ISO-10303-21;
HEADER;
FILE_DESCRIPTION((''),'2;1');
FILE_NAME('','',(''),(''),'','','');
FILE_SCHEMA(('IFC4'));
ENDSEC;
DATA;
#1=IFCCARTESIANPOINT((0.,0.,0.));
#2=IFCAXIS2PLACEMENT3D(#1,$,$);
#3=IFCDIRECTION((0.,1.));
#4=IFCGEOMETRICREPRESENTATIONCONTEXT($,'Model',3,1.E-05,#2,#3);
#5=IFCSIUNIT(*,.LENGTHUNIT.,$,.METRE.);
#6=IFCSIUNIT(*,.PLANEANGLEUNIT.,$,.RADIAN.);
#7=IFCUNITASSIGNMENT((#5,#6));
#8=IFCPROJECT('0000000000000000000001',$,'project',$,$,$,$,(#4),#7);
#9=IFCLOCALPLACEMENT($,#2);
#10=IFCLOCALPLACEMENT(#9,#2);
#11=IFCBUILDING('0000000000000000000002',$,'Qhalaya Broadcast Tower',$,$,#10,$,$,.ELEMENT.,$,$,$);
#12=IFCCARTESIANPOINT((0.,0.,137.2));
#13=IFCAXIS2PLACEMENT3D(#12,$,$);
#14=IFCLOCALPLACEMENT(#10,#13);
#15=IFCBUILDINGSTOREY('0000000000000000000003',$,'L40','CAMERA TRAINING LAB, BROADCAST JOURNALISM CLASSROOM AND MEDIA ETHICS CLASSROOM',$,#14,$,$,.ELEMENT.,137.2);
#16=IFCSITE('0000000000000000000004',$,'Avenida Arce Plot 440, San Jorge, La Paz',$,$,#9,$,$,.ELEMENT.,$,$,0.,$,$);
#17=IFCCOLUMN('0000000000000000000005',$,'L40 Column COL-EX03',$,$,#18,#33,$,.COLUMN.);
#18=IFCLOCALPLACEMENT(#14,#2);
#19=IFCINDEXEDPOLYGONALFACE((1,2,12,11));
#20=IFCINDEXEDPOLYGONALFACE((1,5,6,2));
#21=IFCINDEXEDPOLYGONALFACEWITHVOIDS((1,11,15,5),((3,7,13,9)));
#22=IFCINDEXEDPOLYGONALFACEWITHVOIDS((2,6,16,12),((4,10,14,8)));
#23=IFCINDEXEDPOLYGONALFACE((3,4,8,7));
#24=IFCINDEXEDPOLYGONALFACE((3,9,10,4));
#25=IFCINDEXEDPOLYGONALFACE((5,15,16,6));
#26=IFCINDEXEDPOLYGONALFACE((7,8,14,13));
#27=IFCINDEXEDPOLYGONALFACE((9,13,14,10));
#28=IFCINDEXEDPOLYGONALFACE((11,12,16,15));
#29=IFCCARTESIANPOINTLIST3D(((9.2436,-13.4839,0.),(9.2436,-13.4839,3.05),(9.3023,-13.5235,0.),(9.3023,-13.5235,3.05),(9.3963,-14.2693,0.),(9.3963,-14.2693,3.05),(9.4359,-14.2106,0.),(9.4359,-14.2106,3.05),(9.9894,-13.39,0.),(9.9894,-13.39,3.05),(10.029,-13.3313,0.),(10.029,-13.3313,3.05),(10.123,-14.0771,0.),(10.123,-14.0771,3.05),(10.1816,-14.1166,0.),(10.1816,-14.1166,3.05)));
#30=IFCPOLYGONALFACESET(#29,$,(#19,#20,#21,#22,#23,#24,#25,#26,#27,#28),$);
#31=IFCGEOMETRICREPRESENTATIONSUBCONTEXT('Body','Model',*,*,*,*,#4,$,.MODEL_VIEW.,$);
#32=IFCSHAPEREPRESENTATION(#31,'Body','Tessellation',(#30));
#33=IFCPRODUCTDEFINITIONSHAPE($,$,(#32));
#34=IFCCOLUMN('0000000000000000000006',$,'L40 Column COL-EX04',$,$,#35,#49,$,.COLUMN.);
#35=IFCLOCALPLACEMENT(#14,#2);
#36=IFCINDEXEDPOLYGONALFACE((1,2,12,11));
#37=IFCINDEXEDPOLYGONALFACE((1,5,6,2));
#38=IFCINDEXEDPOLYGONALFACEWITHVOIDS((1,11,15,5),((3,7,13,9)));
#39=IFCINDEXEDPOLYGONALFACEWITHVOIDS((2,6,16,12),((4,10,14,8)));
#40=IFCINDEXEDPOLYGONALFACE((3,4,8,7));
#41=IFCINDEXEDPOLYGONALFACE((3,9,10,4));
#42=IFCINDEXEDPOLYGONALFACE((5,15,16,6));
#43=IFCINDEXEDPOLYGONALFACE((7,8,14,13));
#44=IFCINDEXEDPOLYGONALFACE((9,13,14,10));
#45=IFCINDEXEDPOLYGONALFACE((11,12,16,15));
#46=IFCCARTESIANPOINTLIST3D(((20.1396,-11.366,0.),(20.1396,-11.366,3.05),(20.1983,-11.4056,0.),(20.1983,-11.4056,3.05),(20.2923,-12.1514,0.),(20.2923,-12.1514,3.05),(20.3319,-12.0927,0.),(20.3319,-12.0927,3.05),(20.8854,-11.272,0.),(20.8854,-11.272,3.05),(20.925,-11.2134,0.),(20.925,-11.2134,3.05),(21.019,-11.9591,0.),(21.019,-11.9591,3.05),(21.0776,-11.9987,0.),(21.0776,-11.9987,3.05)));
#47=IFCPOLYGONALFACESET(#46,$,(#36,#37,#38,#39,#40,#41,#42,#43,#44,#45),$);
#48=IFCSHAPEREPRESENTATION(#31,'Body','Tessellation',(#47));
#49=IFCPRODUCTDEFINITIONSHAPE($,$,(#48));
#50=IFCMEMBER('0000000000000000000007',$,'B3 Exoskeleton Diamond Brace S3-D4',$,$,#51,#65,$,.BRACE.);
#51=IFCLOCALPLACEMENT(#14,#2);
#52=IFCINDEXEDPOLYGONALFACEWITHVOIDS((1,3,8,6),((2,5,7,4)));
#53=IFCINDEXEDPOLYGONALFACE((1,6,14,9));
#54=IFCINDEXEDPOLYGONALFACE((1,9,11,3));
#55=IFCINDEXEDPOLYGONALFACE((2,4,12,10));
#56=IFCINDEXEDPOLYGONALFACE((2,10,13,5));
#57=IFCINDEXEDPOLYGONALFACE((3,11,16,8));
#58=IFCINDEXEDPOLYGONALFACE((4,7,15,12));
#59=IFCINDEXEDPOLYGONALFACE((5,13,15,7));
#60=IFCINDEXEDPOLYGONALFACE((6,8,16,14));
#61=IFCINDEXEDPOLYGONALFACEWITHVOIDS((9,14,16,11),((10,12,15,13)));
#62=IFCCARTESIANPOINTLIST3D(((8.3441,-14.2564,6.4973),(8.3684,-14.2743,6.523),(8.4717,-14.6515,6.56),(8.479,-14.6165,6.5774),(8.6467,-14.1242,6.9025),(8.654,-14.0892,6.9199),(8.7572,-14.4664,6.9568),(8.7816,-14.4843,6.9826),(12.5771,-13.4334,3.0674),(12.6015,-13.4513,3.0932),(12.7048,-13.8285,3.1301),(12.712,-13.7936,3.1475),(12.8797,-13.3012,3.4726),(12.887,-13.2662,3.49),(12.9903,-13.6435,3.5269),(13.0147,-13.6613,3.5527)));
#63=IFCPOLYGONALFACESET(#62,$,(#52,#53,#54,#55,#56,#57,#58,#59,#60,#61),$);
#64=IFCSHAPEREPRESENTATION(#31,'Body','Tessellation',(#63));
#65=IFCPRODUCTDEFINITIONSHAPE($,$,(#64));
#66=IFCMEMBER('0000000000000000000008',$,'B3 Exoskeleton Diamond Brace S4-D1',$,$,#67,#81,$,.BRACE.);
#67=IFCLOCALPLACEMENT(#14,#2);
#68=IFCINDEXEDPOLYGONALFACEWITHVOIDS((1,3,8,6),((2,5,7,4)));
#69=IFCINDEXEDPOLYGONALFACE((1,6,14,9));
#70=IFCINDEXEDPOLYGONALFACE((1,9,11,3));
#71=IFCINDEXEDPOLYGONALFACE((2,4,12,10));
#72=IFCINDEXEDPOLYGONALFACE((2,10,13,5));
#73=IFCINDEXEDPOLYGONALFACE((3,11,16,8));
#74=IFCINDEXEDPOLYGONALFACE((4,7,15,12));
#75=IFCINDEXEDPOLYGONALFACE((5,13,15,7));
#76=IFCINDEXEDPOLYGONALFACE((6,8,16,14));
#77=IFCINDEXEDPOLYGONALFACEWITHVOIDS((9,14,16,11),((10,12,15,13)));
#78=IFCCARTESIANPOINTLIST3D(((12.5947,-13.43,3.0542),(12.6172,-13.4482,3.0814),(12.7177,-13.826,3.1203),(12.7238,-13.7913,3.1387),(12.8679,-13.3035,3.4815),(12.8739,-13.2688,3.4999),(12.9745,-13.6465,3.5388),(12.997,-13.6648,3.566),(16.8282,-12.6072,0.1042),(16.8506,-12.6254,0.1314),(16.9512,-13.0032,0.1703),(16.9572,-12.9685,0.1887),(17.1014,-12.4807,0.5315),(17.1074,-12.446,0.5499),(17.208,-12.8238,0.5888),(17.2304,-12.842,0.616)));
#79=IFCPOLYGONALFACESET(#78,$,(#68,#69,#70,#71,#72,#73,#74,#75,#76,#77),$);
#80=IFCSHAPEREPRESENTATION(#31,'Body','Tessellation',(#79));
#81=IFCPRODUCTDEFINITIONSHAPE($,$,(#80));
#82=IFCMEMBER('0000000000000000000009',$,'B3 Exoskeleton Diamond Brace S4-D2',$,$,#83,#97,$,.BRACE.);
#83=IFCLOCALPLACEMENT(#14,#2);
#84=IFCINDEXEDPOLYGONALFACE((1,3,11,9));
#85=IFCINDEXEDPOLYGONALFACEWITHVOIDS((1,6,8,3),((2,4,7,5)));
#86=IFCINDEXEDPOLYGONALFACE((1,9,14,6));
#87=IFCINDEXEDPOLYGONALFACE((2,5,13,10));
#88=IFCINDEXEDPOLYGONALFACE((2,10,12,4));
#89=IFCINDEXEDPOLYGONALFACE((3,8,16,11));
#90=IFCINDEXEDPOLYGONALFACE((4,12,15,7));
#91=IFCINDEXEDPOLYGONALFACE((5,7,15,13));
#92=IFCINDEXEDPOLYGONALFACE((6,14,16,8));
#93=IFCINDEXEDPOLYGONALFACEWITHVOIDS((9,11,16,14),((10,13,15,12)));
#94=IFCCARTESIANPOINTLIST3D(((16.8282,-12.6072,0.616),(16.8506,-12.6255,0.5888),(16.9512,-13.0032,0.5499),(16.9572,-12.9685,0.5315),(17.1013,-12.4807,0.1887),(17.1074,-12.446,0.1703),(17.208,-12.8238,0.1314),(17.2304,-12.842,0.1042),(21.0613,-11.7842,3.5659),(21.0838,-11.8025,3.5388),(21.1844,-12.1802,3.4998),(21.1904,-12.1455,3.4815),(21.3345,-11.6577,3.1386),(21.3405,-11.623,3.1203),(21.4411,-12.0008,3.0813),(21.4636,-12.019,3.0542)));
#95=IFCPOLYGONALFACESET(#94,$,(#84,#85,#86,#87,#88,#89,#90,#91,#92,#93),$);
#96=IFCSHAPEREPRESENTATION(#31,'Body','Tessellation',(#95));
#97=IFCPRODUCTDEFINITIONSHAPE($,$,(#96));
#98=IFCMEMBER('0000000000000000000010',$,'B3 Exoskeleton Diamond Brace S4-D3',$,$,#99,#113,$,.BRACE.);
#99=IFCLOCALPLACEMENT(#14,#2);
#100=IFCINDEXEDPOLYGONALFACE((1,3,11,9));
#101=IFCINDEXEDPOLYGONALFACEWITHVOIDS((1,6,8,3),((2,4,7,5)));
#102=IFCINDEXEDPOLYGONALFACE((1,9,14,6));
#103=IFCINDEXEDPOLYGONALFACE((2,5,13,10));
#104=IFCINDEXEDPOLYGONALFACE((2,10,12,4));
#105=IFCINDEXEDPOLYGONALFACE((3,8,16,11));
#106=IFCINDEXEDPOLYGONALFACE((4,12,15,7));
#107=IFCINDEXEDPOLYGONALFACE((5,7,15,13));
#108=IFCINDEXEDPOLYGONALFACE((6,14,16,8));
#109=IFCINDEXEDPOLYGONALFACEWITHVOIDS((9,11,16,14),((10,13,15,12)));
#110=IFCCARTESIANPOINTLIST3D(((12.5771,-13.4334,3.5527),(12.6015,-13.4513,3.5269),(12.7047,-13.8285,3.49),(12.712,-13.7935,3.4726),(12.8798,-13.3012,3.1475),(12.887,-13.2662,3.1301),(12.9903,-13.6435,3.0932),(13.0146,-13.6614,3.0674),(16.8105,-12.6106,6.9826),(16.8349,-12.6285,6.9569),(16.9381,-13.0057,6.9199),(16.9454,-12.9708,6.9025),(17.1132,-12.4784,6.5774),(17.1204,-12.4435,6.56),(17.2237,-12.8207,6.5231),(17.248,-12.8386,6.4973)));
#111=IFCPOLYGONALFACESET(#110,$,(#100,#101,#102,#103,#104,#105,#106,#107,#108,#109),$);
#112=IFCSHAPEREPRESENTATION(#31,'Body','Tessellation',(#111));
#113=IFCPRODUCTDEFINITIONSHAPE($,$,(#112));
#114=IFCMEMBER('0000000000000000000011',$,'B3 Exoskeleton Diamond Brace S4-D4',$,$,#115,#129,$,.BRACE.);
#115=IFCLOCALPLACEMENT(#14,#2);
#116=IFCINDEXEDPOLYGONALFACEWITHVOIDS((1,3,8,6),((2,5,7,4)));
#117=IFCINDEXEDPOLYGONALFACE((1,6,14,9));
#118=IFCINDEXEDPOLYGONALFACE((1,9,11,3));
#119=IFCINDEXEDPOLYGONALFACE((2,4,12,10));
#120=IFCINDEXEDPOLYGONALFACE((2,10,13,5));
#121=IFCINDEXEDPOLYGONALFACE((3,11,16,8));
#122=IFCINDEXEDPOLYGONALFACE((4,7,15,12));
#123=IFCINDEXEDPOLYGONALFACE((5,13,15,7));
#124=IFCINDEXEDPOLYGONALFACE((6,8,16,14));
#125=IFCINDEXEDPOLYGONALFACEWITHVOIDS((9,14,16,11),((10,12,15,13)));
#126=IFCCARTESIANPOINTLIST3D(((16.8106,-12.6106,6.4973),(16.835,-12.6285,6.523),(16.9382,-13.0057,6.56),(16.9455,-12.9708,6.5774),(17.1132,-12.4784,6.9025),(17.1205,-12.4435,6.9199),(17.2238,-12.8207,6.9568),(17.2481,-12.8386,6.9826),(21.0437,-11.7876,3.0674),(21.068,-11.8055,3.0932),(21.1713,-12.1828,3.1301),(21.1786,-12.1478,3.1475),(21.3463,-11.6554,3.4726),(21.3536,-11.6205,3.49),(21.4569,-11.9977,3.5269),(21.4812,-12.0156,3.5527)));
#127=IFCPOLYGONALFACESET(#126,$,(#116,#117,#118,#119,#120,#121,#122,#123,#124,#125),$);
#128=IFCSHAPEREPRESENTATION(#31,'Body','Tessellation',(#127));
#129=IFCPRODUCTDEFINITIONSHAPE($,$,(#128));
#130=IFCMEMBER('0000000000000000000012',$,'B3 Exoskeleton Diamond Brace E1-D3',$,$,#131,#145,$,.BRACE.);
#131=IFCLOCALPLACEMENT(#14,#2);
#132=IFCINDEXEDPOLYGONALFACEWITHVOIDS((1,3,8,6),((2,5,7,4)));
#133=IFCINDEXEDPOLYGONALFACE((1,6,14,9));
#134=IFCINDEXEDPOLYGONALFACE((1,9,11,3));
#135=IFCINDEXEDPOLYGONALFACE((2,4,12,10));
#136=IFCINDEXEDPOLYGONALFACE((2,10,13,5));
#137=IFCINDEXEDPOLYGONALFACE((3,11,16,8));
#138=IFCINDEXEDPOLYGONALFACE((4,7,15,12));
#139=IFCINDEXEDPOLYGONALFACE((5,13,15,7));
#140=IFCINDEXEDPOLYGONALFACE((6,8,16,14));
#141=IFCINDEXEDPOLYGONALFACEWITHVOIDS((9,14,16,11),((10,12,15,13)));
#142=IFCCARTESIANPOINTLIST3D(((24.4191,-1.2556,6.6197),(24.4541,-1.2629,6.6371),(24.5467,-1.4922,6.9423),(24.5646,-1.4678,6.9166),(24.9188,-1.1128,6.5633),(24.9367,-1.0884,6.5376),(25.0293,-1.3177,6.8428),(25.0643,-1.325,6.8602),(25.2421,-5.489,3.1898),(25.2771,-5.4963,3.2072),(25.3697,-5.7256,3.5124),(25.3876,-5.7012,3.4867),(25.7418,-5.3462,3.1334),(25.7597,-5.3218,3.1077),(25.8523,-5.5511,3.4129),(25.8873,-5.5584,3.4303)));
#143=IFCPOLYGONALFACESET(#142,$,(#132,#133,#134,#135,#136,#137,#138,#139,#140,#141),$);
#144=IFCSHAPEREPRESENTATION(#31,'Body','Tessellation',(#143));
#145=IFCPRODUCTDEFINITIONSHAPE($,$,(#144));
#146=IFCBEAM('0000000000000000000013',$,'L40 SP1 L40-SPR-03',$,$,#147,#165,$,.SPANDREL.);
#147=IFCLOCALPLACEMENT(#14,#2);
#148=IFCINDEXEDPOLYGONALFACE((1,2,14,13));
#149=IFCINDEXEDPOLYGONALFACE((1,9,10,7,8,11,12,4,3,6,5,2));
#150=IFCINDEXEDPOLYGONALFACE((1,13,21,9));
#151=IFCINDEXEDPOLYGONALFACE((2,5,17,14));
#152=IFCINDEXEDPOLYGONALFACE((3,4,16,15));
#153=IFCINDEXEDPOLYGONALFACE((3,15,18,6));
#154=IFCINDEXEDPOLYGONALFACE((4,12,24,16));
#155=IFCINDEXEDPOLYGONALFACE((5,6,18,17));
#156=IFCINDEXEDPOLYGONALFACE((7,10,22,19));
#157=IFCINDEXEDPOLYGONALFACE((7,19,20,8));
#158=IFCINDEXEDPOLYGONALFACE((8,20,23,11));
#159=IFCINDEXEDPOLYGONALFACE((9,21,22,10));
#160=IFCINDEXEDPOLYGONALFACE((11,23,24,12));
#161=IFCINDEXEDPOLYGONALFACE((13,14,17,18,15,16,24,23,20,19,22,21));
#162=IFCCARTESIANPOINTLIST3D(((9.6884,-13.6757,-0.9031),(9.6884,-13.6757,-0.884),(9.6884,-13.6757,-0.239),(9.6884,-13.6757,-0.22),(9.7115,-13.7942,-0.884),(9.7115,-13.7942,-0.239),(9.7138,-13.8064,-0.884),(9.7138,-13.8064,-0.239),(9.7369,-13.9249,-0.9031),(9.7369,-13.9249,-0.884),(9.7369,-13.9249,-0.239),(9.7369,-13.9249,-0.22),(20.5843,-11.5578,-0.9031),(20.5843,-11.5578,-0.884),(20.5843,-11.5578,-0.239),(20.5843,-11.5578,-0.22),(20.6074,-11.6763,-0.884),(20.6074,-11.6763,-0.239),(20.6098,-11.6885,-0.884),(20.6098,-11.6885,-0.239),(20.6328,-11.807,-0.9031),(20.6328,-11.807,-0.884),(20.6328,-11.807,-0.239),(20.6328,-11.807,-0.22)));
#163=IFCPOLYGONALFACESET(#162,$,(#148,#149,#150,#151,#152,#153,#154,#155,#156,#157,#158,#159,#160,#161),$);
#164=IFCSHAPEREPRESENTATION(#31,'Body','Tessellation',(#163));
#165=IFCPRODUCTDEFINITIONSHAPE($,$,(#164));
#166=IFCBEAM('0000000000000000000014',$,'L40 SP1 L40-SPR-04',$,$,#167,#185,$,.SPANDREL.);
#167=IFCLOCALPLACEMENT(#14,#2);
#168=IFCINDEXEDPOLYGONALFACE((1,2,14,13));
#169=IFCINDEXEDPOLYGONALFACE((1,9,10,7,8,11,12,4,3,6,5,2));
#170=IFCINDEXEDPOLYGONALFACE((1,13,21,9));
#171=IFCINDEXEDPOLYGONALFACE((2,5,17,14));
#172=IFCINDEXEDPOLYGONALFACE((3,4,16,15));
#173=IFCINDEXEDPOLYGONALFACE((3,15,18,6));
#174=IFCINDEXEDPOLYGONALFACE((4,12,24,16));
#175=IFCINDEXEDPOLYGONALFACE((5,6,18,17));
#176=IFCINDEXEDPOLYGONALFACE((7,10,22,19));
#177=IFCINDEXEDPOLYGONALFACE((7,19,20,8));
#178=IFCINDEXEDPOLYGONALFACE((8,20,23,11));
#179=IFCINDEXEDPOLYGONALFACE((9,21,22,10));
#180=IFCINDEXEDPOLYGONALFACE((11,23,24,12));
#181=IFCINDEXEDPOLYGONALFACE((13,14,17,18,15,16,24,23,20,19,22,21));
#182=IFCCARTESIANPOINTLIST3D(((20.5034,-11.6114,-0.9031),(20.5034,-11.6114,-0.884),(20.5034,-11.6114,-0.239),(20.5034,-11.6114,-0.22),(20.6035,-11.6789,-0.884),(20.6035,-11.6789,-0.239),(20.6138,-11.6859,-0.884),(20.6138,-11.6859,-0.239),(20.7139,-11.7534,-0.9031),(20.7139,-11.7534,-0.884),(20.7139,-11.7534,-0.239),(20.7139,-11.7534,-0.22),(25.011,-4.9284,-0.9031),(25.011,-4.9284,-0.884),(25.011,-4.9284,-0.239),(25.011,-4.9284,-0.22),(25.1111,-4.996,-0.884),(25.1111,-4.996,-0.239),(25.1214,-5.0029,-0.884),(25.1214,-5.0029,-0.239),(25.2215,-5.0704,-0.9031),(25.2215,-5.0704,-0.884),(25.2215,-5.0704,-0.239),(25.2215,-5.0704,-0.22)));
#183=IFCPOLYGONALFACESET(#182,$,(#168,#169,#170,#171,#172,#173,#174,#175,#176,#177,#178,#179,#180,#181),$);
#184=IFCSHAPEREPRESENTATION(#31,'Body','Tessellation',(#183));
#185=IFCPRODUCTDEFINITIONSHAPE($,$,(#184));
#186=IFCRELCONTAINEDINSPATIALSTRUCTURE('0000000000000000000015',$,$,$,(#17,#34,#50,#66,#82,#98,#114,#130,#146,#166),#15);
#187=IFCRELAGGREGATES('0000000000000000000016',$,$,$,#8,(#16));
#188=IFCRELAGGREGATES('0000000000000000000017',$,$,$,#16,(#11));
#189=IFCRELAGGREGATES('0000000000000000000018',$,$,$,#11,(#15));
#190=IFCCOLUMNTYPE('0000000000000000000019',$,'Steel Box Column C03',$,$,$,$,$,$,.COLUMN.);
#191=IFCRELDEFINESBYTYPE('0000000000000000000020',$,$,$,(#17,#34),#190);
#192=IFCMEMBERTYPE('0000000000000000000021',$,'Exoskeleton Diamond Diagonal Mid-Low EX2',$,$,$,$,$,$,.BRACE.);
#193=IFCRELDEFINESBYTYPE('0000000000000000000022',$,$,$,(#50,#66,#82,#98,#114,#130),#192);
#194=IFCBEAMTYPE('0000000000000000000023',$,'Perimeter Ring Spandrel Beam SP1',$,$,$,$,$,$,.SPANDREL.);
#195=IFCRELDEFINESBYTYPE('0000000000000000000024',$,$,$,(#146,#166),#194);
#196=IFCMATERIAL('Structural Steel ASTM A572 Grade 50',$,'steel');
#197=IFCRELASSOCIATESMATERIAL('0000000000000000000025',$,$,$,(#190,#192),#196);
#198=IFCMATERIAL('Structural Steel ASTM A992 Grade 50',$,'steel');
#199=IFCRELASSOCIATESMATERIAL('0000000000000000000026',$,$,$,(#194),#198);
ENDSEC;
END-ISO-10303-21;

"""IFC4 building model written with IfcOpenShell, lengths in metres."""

from ifc_helpers import new_model, si_unit, direction, frame, origin, origin_2d, place, context, subcontext, project, spatial, hollow_rectangle, i_section, extrude, material, material_profile, profile_set, type_object, element, save


model = new_model("IFC4")

# Units and contexts
model_context = context("Model", 3, precision=1e-05, world=origin(), true_north=direction((0.0, 1.0)))
body_context = subcontext(model_context, "Body", "Model", "MODEL_VIEW")
ifc_project = project(units=[si_unit("LENGTHUNIT", "METRE"), si_unit("PLANEANGLEUNIT", "RADIAN")], contexts=[model_context])

# Site, building, storey
site_placement = place(None, origin())
site = spatial("IfcSite", under=ifc_project, at=site_placement, Name="Avenida Arce Plot 440, San Jorge, La Paz", CompositionType="ELEMENT", RefElevation=0.0)
building_placement = place(site_placement, origin())
building = spatial("IfcBuilding", under=site, at=building_placement, Name="Qhalaya Broadcast Tower", CompositionType="ELEMENT")
storey_placement = place(building_placement, frame((0.0, 0.0, 137.2)))
storey = spatial("IfcBuildingStorey", under=building, at=storey_placement, Name="L40", Description="CAMERA TRAINING LAB, BROADCAST JOURNALISM CLASSROOM AND MEDIA ETHICS CLASSROOM", CompositionType="ELEMENT", Elevation=137.2)

# Columns
ifc_material_1 = material(Name="Structural Steel ASTM A572 Grade 50", Category="steel")
ifc_material_profile_1 = material_profile(ifc_material_1, hollow_rectangle(XDim=0.8, YDim=0.8, WallThickness=0.05, at=origin_2d()), Name="BOX 800x800x50")
ifc_profile_set_1 = profile_set([ifc_material_profile_1], Name="Structural Steel ASTM A572 Grade 50")
column_type = type_object("IfcColumnType", Name="Steel Box Column C03", PredefinedType="COLUMN", material=ifc_profile_set_1)
for number, where, z_axis, x_axis, name in (
    (1, (9.7126, -13.8003, 0.0), (0.0, 0.0, 1.0), (0.981627, 0.190809, 0.0), "L40 Column COL-EX03"),
    (2, (20.6086, -11.6824, 0.0), (0.0, 0.0, 1.0), (0.981627, 0.190809, 0.0), "L40 Column COL-EX04"),
):
    element("IfcColumn", number, at=place(storey_placement, frame(where, z_axis=z_axis, x_axis=x_axis)), inside=storey, type_object=column_type, Name=name, PredefinedType="COLUMN", context=body_context, shape_type="SweptSolid", body=[
        extrude(hollow_rectangle(XDim=0.8, YDim=0.8, WallThickness=0.05, at=origin_2d()), origin(), (0.0, 0.0, 1.0), 3.05),
    ])

# Members
ifc_material_profile_2 = material_profile(ifc_material_1, hollow_rectangle(XDim=0.4199, YDim=0.55, WallThickness=0.0281, at=origin_2d()), Name="BOX 420x550x28")
ifc_profile_set_2 = profile_set([ifc_material_profile_2], Name="Structural Steel ASTM A572 Grade 50")
member_type = type_object("IfcMemberType", Name="Exoskeleton Diamond Diagonal Mid-Low EX2", PredefinedType="BRACE", material=ifc_profile_set_2)
member_1_placement = place(storey_placement, frame((12.7959, -13.5474, 3.3101), z_axis=(-0.768252, -0.149361, 0.622479), x_axis=(0.303929, -0.940918, 0.149334)))
element("IfcMember", 3, at=member_1_placement, inside=storey, type_object=member_type, Name="B3 Exoskeleton Diamond Brace S3-D4", PredefinedType="BRACE", context=body_context, shape_type="SweptSolid", body=[
    extrude(hollow_rectangle(XDim=0.4199, YDim=0.55, WallThickness=0.0281, at=origin_2d()), origin(), (0.0, 0.0, 1.0), 5.51),
])
member_2_placement = place(storey_placement, frame((17.0293, -12.7246, 0.3601), z_axis=(-0.810217, -0.157464, 0.564582), x_axis=(0.293022, -0.943046, 0.157489)))
element("IfcMember", 4, at=member_2_placement, inside=storey, type_object=member_type, Name="B3 Exoskeleton Diamond Brace S4-D1", PredefinedType="BRACE", context=body_context, shape_type="SweptSolid", body=[
    extrude(hollow_rectangle(XDim=0.4199, YDim=0.55, WallThickness=0.0281, at=origin_2d()), origin(), (0.0, 0.0, 1.0), 5.2251),
])
member_3_placement = place(storey_placement, frame((17.0293, -12.7246, 0.3601), z_axis=(0.810195, 0.157516, 0.564599), x_axis=(-0.293088, 0.943026, 0.157487)))
element("IfcMember", 5, at=member_3_placement, inside=storey, type_object=member_type, Name="B3 Exoskeleton Diamond Brace S4-D2", PredefinedType="BRACE", context=body_context, shape_type="SweptSolid", body=[
    extrude(hollow_rectangle(XDim=0.4199, YDim=0.55, WallThickness=0.0281, at=origin_2d()), origin(), (0.0, 0.0, 1.0), 5.2249),
])
member_4_placement = place(storey_placement, frame((12.7959, -13.5474, 3.3101), z_axis=(0.768275, 0.149313, 0.622462), x_axis=(-0.303864, 0.940939, 0.149337)))
element("IfcMember", 6, at=member_4_placement, inside=storey, type_object=member_type, Name="B3 Exoskeleton Diamond Brace S4-D3", PredefinedType="BRACE", context=body_context, shape_type="SweptSolid", body=[
    extrude(hollow_rectangle(XDim=0.4199, YDim=0.55, WallThickness=0.0281, at=origin_2d()), origin(), (0.0, 0.0, 1.0), 5.5103),
])
member_5_placement = place(storey_placement, frame((21.2625, -11.9016, 3.3101), z_axis=(-0.768252, -0.149361, 0.622479), x_axis=(0.303929, -0.940918, 0.149334)))
element("IfcMember", 7, at=member_5_placement, inside=storey, type_object=member_type, Name="B3 Exoskeleton Diamond Brace S4-D4", PredefinedType="BRACE", context=body_context, shape_type="SweptSolid", body=[
    extrude(hollow_rectangle(XDim=0.4199, YDim=0.55, WallThickness=0.0281, at=origin_2d()), origin(), (0.0, 0.0, 1.0), 5.51),
])
member_6_placement = place(storey_placement, frame((25.5647, -5.5237, 3.3101), z_axis=(-0.149356, 0.76827, 0.622458), x_axis=(0.303906, -0.56338, 0.768274)))
element("IfcMember", 8, at=member_6_placement, inside=storey, type_object=member_type, Name="B3 Exoskeleton Diamond Brace E1-D3", PredefinedType="BRACE", context=body_context, shape_type="SweptSolid", body=[
    extrude(hollow_rectangle(XDim=0.4199, YDim=0.55, WallThickness=0.0281, at=origin_2d()), origin(), (0.0, 0.0, 1.0), 5.5103),
])

# Beams
ifc_material_2 = material(Name="Structural Steel ASTM A992 Grade 50", Category="steel")
ifc_material_profile_3 = material_profile(ifc_material_2, i_section(OverallWidth=0.2539, OverallDepth=0.6831, WebThickness=0.0125, FlangeThickness=0.019, at=origin_2d()), Name="W27X94")
ifc_profile_set_3 = profile_set([ifc_material_profile_3], Name="Structural Steel ASTM A992 Grade 50")
beam_type = type_object("IfcBeamType", Name="Perimeter Ring Spandrel Beam SP1", PredefinedType="SPANDREL", material=ifc_profile_set_3)
beam_1_placement = place(storey_placement, frame((9.7126, -13.8003, -0.5615), z_axis=(0.981628, 0.190805, 0.0), x_axis=(-0.190805, 0.981628, 0.0)))
element("IfcBeam", 9, at=beam_1_placement, inside=storey, type_object=beam_type, Name="L40 SP1 L40-SPR-03", PredefinedType="SPANDREL", context=body_context, shape_type="SweptSolid", body=[
    extrude(i_section(OverallWidth=0.2539, OverallDepth=0.6831, WebThickness=0.0125, FlangeThickness=0.019, at=origin_2d()), origin(), (0.0, 0.0, 1.0), 11.0999),
])
beam_2_placement = place(storey_placement, frame((20.6086, -11.6824, -0.5615), z_axis=(0.559186, 0.829042, 0.0), x_axis=(-0.829042, 0.559186, 0.0)))
element("IfcBeam", 10, at=beam_2_placement, inside=storey, type_object=beam_type, Name="L40 SP1 L40-SPR-04", PredefinedType="SPANDREL", context=body_context, shape_type="SweptSolid", body=[
    extrude(i_section(OverallWidth=0.2539, OverallDepth=0.6831, WebThickness=0.0125, FlangeThickness=0.019, at=origin_2d()), origin(), (0.0, 0.0, 1.0), 8.061),
])

save(model, "model.ifc")
